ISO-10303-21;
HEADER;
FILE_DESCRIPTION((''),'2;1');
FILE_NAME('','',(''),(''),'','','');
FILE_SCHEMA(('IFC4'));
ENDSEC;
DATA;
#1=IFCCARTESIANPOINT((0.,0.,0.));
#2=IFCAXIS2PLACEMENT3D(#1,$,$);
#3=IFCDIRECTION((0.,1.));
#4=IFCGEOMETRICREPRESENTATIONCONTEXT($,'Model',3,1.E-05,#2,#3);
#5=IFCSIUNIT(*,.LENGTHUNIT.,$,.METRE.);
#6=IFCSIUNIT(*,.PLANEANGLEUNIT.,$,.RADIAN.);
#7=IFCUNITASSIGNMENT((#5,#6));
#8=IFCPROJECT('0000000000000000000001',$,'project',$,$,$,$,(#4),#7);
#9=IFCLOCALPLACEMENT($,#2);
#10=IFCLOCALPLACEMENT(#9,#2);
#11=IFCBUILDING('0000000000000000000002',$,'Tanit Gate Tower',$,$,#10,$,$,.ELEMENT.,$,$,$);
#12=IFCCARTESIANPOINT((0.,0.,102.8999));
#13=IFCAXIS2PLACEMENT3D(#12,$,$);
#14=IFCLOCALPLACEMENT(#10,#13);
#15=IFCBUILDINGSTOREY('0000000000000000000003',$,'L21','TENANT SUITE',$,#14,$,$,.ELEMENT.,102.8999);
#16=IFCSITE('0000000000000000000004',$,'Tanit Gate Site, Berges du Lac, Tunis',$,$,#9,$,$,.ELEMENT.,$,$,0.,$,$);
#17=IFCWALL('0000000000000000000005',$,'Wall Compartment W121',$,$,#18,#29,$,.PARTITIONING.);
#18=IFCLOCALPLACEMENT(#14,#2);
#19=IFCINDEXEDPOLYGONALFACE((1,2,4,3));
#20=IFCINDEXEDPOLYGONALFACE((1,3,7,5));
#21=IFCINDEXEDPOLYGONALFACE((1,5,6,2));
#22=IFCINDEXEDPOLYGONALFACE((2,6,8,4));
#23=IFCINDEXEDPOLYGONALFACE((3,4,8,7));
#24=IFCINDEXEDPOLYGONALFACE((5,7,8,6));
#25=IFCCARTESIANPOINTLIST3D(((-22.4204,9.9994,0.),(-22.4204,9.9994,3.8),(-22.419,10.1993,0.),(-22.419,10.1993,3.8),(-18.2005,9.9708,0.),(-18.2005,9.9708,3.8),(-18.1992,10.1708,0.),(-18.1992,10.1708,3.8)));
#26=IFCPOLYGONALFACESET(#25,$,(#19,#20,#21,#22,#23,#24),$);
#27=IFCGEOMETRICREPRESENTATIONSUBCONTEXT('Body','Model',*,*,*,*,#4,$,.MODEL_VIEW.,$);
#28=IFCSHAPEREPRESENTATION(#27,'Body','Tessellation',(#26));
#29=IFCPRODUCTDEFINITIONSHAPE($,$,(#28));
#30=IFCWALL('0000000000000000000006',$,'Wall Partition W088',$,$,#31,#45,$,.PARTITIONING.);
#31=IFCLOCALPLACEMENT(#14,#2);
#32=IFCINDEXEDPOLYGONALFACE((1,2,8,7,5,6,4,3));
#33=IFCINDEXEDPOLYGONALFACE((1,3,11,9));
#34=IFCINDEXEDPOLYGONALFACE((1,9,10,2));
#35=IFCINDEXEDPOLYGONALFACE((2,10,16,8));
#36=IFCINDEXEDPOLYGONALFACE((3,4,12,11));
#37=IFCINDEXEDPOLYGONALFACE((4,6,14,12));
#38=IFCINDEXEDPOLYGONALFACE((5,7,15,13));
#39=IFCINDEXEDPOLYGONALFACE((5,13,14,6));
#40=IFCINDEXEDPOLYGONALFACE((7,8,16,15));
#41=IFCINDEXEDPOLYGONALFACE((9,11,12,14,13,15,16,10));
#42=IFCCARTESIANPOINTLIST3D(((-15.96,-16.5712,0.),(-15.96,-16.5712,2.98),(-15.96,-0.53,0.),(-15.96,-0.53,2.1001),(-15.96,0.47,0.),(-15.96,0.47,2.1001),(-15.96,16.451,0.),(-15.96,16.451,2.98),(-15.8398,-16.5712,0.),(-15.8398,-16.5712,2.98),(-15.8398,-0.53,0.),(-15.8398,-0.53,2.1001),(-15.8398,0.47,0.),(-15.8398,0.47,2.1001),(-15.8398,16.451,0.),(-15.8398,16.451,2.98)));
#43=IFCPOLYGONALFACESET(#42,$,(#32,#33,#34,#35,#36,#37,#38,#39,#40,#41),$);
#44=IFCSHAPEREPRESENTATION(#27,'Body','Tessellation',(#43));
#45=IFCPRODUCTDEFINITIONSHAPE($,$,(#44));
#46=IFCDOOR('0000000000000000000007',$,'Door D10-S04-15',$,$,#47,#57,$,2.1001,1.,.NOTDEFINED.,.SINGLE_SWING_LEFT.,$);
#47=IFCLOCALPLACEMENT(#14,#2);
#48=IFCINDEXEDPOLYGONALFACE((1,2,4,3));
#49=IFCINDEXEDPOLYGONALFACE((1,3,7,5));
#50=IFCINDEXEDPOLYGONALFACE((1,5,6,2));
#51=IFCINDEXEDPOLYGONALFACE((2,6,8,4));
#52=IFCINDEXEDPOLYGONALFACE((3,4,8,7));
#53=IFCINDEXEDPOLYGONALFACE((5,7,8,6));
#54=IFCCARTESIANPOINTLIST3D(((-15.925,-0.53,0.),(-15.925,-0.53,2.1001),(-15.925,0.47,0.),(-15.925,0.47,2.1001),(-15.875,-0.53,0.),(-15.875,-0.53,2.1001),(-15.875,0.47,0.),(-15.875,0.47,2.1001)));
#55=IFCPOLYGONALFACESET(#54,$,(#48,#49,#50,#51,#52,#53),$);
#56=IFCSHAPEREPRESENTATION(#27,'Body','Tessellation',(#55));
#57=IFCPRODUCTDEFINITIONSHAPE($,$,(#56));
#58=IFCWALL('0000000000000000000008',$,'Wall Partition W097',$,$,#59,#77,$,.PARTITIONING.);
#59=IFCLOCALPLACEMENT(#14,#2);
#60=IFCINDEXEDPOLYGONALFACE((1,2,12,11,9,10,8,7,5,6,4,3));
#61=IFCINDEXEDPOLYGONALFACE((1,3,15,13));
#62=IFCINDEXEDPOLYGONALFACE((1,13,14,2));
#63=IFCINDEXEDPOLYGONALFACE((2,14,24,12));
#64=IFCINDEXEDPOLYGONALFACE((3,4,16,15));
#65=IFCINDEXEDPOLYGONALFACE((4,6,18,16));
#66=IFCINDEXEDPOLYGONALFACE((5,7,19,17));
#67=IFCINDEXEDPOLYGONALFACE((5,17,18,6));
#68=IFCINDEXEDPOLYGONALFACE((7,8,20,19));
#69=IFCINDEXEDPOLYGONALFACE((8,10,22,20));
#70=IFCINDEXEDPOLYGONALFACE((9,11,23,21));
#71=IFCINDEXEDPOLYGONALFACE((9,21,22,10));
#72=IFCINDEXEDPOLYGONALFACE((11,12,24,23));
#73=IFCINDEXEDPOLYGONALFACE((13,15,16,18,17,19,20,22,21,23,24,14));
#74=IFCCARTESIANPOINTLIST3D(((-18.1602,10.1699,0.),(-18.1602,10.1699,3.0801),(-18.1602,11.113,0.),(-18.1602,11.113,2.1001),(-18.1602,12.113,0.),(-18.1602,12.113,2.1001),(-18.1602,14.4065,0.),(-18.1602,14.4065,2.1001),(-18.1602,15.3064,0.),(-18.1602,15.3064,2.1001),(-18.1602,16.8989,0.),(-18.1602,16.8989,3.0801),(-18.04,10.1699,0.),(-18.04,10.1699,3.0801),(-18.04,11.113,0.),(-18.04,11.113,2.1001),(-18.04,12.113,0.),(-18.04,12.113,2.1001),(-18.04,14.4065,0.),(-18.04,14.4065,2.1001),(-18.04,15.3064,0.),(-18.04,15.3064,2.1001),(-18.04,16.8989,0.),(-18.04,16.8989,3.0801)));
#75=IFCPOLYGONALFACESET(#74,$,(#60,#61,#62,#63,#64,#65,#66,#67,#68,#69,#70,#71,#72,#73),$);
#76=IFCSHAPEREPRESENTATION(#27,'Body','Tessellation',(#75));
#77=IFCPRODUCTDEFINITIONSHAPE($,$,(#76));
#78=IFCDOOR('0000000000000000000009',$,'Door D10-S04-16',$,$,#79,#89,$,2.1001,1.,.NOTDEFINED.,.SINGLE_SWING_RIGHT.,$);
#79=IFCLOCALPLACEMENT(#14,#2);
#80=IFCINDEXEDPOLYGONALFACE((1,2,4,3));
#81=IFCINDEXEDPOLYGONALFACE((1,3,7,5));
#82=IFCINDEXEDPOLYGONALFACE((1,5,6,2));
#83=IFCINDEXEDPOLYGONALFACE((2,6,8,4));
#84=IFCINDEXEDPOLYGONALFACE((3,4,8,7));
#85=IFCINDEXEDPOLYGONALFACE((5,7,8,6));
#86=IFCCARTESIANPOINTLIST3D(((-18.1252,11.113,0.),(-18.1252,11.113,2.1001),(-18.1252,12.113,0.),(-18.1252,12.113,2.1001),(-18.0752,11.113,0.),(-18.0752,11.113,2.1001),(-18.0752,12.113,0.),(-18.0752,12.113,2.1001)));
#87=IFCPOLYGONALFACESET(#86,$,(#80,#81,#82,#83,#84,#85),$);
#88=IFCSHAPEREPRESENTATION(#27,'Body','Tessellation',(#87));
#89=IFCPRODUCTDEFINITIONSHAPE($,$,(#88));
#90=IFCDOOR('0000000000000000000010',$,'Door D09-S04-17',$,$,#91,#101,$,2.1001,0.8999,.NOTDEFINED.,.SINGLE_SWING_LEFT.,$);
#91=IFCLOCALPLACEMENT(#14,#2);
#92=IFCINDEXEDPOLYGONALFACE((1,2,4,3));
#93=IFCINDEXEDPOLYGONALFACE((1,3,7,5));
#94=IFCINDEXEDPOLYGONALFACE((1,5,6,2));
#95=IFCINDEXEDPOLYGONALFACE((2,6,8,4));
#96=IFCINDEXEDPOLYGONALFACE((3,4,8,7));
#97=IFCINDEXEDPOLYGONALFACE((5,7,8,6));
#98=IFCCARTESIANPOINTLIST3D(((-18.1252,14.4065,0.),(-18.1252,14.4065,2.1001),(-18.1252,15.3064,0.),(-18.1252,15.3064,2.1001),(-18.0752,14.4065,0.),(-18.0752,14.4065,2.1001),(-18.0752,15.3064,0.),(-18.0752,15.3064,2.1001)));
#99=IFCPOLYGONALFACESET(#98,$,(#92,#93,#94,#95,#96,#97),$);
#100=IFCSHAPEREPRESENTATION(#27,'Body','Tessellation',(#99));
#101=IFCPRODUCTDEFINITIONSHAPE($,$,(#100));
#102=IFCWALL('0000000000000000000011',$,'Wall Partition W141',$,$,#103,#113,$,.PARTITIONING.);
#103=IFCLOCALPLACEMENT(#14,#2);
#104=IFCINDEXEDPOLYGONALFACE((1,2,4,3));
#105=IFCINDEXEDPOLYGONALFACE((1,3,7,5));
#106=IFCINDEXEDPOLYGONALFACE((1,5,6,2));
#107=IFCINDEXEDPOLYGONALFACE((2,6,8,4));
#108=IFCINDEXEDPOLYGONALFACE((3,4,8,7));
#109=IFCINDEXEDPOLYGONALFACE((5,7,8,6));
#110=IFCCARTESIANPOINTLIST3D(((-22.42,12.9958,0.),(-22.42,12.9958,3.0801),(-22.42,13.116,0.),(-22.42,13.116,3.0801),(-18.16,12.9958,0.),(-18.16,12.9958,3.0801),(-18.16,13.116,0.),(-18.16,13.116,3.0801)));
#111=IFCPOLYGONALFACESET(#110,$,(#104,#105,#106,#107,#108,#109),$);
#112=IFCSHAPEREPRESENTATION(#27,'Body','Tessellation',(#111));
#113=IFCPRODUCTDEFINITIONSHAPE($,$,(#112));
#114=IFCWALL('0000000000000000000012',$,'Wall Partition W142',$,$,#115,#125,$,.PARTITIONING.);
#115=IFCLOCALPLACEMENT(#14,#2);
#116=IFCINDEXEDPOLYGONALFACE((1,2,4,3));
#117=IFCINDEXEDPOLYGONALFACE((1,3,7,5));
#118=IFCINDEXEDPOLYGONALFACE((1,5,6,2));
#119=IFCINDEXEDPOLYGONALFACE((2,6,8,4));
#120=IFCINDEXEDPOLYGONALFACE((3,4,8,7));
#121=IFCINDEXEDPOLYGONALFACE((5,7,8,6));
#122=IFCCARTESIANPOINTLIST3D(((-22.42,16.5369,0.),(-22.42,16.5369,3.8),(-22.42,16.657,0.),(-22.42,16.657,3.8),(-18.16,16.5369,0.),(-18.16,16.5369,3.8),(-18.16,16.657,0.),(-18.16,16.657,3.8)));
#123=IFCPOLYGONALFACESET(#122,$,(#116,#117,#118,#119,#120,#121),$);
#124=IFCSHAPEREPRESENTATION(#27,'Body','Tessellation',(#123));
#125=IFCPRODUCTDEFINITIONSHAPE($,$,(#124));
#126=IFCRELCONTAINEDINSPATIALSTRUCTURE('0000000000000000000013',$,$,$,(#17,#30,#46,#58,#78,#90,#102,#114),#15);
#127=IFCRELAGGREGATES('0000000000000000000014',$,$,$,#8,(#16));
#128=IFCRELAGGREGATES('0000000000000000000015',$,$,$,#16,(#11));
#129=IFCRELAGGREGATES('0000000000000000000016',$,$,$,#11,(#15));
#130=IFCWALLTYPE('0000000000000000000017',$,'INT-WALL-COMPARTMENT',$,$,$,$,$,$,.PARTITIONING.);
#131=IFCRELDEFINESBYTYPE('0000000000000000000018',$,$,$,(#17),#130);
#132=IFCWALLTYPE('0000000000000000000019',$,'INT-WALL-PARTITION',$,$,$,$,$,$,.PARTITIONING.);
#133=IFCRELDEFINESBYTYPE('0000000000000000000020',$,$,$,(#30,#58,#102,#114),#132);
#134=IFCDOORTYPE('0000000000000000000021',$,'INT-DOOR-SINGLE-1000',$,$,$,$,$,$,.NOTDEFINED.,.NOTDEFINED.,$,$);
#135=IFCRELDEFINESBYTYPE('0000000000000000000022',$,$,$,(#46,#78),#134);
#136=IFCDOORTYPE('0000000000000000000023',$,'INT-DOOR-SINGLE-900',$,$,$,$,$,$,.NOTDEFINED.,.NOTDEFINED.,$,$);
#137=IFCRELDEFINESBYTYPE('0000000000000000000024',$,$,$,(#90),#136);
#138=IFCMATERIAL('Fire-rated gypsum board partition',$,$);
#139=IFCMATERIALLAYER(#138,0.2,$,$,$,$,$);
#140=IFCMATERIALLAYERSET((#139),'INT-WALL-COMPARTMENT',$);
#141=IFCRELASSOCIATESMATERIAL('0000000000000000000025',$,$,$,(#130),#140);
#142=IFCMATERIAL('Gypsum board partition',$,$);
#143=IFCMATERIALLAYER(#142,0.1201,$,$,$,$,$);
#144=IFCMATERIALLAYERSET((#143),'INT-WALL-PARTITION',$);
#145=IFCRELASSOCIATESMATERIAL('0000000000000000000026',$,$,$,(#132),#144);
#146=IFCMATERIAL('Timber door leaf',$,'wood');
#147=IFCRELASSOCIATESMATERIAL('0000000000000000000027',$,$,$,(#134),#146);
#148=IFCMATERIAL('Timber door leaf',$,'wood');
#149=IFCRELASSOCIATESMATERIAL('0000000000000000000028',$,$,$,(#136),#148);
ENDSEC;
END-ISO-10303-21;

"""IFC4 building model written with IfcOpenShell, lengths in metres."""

from ifc_helpers import new_model, si_unit, direction, frame, frame_2d, origin, place, context, subcontext, project, spatial, rectangle, extrude, material, layer, layer_set, type_object, element, fill, save


model = new_model("IFC4")

# Units and contexts
model_context = context("Model", 3, precision=1e-05, world=origin(), true_north=direction((0.0, 1.0)))
body_context = subcontext(model_context, "Body", "Model", "MODEL_VIEW")
ifc_project = project(units=[si_unit("LENGTHUNIT", "METRE"), si_unit("PLANEANGLEUNIT", "RADIAN")], contexts=[model_context])

# Site, building, storey
site_placement = place(None, origin())
site = spatial("IfcSite", under=ifc_project, at=site_placement, Name="Tanit Gate Site, Berges du Lac, Tunis", CompositionType="ELEMENT", RefElevation=0.0)
building_placement = place(site_placement, origin())
building = spatial("IfcBuilding", under=site, at=building_placement, Name="Tanit Gate Tower", CompositionType="ELEMENT")
storey_placement = place(building_placement, frame((0.0, 0.0, 102.8999)))
storey = spatial("IfcBuildingStorey", under=building, at=storey_placement, Name="L21", Description="TENANT SUITE", CompositionType="ELEMENT", Elevation=102.8999)

# Shared definitions
ifc_material_1 = material(Name="Fire-rated gypsum board partition")
ifc_layer_1 = layer(ifc_material_1, 0.2)
ifc_layer_set_1 = layer_set([ifc_layer_1], Name="INT-WALL-COMPARTMENT")
wall_type_1 = type_object("IfcWallType", Name="INT-WALL-COMPARTMENT", PredefinedType="PARTITIONING", material=ifc_layer_set_1)

# Wall
wall_1_placement = place(storey_placement, frame((-18.2, 10.0708, 0.0), z_axis=(0.0, 0.0, 1.0), x_axis=(-0.999977, 0.006769, 0.0)))
element("IfcWall", 1, at=wall_1_placement, inside=storey, type_object=wall_type_1, Name="Wall Compartment W121", PredefinedType="PARTITIONING", context=body_context, shape_type="SweptSolid", body=[
    extrude(rectangle(XDim=4.22, YDim=0.2, at=frame_2d((2.1099, 0.0))), origin(), (0.0, 0.0, 1.0), 3.8),
])

# Wall, opening, door
ifc_material_2 = material(Name="Gypsum board partition")
ifc_layer_2 = layer(ifc_material_2, 0.1201)
ifc_layer_set_2 = layer_set([ifc_layer_2], Name="INT-WALL-PARTITION")
wall_type_2 = type_object("IfcWallType", Name="INT-WALL-PARTITION", PredefinedType="PARTITIONING", material=ifc_layer_set_2)
wall_2_placement = place(storey_placement, frame((-15.8999, 16.4512, 0.0), z_axis=(0.0, 0.0, 1.0), x_axis=(0.0, -1.0, 0.0)))
wall_2 = element("IfcWall", 2, at=wall_2_placement, inside=storey, type_object=wall_type_2, Name="Wall Partition W088", PredefinedType="PARTITIONING", context=body_context, shape_type="SweptSolid", body=[
    extrude(rectangle(XDim=33.0222, YDim=0.1201, at=frame_2d((16.5112, 0.0))), origin(), (0.0, 0.0, 1.0), 2.98),
])
opening_1_placement = place(wall_2_placement, frame((15.9812, 0.0, 0.0)))
opening_1 = element("IfcOpeningElement", 3, at=opening_1_placement, cuts=wall_2, PredefinedType="OPENING", context=body_context, shape_type="SweptSolid", body=[
    extrude(rectangle(XDim=1.0, YDim=2.1001, at=frame_2d((0.5, 1.05))), frame((0.0, 0.0701, 0.0), z_axis=(0.0, -1.0, 0.0), x_axis=(1.0, 0.0, 0.0)), (0.0, 0.0, 1.0), 0.1401),
])
ifc_material_3 = material(Name="Timber door leaf", Category="wood")
door_type_1 = type_object("IfcDoorType", Name="INT-DOOR-SINGLE-1000", OperationType="NOTDEFINED", PredefinedType="NOTDEFINED", material=ifc_material_3)
door_1_placement = place(opening_1_placement, origin())
door_1 = element("IfcDoor", 4, at=door_1_placement, inside=storey, type_object=door_type_1, Name="Door D10-S04-15", OperationType="SINGLE_SWING_LEFT", OverallHeight=2.1001, OverallWidth=1.0, PredefinedType="NOTDEFINED", context=body_context, shape_type="SweptSolid", body=[
    extrude(rectangle(XDim=1.0, YDim=2.1001, at=frame_2d((0.5, 1.05))), frame((0.0, 0.0249, 0.0), z_axis=(0.0, -1.0, 0.0), x_axis=(1.0, 0.0, 0.0)), (0.0, 0.0, 1.0), 0.05),
])
fill(opening_1, door_1)

# Wall, openings, doors
wall_3_placement = place(storey_placement, frame((-18.1001, 16.8989, 0.0), z_axis=(0.0, 0.0, 1.0), x_axis=(0.0, -1.0, 0.0)))
wall_3 = element("IfcWall", 5, at=wall_3_placement, inside=storey, type_object=wall_type_2, Name="Wall Partition W097", PredefinedType="PARTITIONING", context=body_context, shape_type="SweptSolid", body=[
    extrude(rectangle(XDim=6.729, YDim=0.1201, at=frame_2d((3.3645, 0.0))), origin(), (0.0, 0.0, 1.0), 3.0801),
])
opening_2_placement = place(wall_3_placement, frame((4.7859, 0.0, 0.0)))
opening_2 = element("IfcOpeningElement", 6, at=opening_2_placement, cuts=wall_3, PredefinedType="OPENING", context=body_context, shape_type="SweptSolid", body=[
    extrude(rectangle(XDim=1.0, YDim=2.1001, at=frame_2d((0.5, 1.05))), frame((0.0, 0.0701, 0.0), z_axis=(0.0, -1.0, 0.0), x_axis=(1.0, 0.0, 0.0)), (0.0, 0.0, 1.0), 0.1401),
])
opening_3_placement = place(wall_3_placement, frame((1.5925, 0.0, 0.0)))
opening_3 = element("IfcOpeningElement", 7, at=opening_3_placement, cuts=wall_3, PredefinedType="OPENING", context=body_context, shape_type="SweptSolid", body=[
    extrude(rectangle(XDim=0.8999, YDim=2.1001, at=frame_2d((0.45, 1.05))), frame((0.0, 0.0701, 0.0), z_axis=(0.0, -1.0, 0.0), x_axis=(1.0, 0.0, 0.0)), (0.0, 0.0, 1.0), 0.1401),
])
door_2_placement = place(opening_2_placement, origin())
door_2 = element("IfcDoor", 8, at=door_2_placement, inside=storey, type_object=door_type_1, Name="Door D10-S04-16", OperationType="SINGLE_SWING_RIGHT", OverallHeight=2.1001, OverallWidth=1.0, PredefinedType="NOTDEFINED", context=body_context, shape_type="SweptSolid", body=[
    extrude(rectangle(XDim=1.0, YDim=2.1001, at=frame_2d((0.5, 1.05))), frame((0.0, 0.0249, 0.0), z_axis=(0.0, -1.0, 0.0), x_axis=(1.0, 0.0, 0.0)), (0.0, 0.0, 1.0), 0.05),
])
fill(opening_2, door_2)
ifc_material_4 = material(Name="Timber door leaf", Category="wood")
door_type_2 = type_object("IfcDoorType", Name="INT-DOOR-SINGLE-900", OperationType="NOTDEFINED", PredefinedType="NOTDEFINED", material=ifc_material_4)
door_3_placement = place(opening_3_placement, origin())
door_3 = element("IfcDoor", 9, at=door_3_placement, inside=storey, type_object=door_type_2, Name="Door D09-S04-17", OperationType="SINGLE_SWING_LEFT", OverallHeight=2.1001, OverallWidth=0.8999, PredefinedType="NOTDEFINED", context=body_context, shape_type="SweptSolid", body=[
    extrude(rectangle(XDim=0.8999, YDim=2.1001, at=frame_2d((0.45, 1.05))), frame((0.0, 0.0249, 0.0), z_axis=(0.0, -1.0, 0.0), x_axis=(1.0, 0.0, 0.0)), (0.0, 0.0, 1.0), 0.05),
])
fill(opening_3, door_3)

# Walls
wall_4_placement = place(storey_placement, frame((-22.4199, 13.0559, 0.0), z_axis=(0.0, 0.0, 1.0), x_axis=(1.0, 0.0, 0.0)))
element("IfcWall", 10, at=wall_4_placement, inside=storey, type_object=wall_type_2, Name="Wall Partition W141", PredefinedType="PARTITIONING", context=body_context, shape_type="SweptSolid", body=[
    extrude(rectangle(XDim=4.26, YDim=0.1201, at=frame_2d((2.1299, 0.0))), origin(), (0.0, 0.0, 1.0), 3.0801),
])
wall_5_placement = place(storey_placement, frame((-22.4199, 16.5969, 0.0), z_axis=(0.0, 0.0, 1.0), x_axis=(1.0, 0.0, 0.0)))
element("IfcWall", 11, at=wall_5_placement, inside=storey, type_object=wall_type_2, Name="Wall Partition W142", PredefinedType="PARTITIONING", context=body_context, shape_type="SweptSolid", body=[
    extrude(rectangle(XDim=4.26, YDim=0.1201, at=frame_2d((2.1299, 0.0))), origin(), (0.0, 0.0, 1.0), 3.8),
])

save(model, "model.ifc")
